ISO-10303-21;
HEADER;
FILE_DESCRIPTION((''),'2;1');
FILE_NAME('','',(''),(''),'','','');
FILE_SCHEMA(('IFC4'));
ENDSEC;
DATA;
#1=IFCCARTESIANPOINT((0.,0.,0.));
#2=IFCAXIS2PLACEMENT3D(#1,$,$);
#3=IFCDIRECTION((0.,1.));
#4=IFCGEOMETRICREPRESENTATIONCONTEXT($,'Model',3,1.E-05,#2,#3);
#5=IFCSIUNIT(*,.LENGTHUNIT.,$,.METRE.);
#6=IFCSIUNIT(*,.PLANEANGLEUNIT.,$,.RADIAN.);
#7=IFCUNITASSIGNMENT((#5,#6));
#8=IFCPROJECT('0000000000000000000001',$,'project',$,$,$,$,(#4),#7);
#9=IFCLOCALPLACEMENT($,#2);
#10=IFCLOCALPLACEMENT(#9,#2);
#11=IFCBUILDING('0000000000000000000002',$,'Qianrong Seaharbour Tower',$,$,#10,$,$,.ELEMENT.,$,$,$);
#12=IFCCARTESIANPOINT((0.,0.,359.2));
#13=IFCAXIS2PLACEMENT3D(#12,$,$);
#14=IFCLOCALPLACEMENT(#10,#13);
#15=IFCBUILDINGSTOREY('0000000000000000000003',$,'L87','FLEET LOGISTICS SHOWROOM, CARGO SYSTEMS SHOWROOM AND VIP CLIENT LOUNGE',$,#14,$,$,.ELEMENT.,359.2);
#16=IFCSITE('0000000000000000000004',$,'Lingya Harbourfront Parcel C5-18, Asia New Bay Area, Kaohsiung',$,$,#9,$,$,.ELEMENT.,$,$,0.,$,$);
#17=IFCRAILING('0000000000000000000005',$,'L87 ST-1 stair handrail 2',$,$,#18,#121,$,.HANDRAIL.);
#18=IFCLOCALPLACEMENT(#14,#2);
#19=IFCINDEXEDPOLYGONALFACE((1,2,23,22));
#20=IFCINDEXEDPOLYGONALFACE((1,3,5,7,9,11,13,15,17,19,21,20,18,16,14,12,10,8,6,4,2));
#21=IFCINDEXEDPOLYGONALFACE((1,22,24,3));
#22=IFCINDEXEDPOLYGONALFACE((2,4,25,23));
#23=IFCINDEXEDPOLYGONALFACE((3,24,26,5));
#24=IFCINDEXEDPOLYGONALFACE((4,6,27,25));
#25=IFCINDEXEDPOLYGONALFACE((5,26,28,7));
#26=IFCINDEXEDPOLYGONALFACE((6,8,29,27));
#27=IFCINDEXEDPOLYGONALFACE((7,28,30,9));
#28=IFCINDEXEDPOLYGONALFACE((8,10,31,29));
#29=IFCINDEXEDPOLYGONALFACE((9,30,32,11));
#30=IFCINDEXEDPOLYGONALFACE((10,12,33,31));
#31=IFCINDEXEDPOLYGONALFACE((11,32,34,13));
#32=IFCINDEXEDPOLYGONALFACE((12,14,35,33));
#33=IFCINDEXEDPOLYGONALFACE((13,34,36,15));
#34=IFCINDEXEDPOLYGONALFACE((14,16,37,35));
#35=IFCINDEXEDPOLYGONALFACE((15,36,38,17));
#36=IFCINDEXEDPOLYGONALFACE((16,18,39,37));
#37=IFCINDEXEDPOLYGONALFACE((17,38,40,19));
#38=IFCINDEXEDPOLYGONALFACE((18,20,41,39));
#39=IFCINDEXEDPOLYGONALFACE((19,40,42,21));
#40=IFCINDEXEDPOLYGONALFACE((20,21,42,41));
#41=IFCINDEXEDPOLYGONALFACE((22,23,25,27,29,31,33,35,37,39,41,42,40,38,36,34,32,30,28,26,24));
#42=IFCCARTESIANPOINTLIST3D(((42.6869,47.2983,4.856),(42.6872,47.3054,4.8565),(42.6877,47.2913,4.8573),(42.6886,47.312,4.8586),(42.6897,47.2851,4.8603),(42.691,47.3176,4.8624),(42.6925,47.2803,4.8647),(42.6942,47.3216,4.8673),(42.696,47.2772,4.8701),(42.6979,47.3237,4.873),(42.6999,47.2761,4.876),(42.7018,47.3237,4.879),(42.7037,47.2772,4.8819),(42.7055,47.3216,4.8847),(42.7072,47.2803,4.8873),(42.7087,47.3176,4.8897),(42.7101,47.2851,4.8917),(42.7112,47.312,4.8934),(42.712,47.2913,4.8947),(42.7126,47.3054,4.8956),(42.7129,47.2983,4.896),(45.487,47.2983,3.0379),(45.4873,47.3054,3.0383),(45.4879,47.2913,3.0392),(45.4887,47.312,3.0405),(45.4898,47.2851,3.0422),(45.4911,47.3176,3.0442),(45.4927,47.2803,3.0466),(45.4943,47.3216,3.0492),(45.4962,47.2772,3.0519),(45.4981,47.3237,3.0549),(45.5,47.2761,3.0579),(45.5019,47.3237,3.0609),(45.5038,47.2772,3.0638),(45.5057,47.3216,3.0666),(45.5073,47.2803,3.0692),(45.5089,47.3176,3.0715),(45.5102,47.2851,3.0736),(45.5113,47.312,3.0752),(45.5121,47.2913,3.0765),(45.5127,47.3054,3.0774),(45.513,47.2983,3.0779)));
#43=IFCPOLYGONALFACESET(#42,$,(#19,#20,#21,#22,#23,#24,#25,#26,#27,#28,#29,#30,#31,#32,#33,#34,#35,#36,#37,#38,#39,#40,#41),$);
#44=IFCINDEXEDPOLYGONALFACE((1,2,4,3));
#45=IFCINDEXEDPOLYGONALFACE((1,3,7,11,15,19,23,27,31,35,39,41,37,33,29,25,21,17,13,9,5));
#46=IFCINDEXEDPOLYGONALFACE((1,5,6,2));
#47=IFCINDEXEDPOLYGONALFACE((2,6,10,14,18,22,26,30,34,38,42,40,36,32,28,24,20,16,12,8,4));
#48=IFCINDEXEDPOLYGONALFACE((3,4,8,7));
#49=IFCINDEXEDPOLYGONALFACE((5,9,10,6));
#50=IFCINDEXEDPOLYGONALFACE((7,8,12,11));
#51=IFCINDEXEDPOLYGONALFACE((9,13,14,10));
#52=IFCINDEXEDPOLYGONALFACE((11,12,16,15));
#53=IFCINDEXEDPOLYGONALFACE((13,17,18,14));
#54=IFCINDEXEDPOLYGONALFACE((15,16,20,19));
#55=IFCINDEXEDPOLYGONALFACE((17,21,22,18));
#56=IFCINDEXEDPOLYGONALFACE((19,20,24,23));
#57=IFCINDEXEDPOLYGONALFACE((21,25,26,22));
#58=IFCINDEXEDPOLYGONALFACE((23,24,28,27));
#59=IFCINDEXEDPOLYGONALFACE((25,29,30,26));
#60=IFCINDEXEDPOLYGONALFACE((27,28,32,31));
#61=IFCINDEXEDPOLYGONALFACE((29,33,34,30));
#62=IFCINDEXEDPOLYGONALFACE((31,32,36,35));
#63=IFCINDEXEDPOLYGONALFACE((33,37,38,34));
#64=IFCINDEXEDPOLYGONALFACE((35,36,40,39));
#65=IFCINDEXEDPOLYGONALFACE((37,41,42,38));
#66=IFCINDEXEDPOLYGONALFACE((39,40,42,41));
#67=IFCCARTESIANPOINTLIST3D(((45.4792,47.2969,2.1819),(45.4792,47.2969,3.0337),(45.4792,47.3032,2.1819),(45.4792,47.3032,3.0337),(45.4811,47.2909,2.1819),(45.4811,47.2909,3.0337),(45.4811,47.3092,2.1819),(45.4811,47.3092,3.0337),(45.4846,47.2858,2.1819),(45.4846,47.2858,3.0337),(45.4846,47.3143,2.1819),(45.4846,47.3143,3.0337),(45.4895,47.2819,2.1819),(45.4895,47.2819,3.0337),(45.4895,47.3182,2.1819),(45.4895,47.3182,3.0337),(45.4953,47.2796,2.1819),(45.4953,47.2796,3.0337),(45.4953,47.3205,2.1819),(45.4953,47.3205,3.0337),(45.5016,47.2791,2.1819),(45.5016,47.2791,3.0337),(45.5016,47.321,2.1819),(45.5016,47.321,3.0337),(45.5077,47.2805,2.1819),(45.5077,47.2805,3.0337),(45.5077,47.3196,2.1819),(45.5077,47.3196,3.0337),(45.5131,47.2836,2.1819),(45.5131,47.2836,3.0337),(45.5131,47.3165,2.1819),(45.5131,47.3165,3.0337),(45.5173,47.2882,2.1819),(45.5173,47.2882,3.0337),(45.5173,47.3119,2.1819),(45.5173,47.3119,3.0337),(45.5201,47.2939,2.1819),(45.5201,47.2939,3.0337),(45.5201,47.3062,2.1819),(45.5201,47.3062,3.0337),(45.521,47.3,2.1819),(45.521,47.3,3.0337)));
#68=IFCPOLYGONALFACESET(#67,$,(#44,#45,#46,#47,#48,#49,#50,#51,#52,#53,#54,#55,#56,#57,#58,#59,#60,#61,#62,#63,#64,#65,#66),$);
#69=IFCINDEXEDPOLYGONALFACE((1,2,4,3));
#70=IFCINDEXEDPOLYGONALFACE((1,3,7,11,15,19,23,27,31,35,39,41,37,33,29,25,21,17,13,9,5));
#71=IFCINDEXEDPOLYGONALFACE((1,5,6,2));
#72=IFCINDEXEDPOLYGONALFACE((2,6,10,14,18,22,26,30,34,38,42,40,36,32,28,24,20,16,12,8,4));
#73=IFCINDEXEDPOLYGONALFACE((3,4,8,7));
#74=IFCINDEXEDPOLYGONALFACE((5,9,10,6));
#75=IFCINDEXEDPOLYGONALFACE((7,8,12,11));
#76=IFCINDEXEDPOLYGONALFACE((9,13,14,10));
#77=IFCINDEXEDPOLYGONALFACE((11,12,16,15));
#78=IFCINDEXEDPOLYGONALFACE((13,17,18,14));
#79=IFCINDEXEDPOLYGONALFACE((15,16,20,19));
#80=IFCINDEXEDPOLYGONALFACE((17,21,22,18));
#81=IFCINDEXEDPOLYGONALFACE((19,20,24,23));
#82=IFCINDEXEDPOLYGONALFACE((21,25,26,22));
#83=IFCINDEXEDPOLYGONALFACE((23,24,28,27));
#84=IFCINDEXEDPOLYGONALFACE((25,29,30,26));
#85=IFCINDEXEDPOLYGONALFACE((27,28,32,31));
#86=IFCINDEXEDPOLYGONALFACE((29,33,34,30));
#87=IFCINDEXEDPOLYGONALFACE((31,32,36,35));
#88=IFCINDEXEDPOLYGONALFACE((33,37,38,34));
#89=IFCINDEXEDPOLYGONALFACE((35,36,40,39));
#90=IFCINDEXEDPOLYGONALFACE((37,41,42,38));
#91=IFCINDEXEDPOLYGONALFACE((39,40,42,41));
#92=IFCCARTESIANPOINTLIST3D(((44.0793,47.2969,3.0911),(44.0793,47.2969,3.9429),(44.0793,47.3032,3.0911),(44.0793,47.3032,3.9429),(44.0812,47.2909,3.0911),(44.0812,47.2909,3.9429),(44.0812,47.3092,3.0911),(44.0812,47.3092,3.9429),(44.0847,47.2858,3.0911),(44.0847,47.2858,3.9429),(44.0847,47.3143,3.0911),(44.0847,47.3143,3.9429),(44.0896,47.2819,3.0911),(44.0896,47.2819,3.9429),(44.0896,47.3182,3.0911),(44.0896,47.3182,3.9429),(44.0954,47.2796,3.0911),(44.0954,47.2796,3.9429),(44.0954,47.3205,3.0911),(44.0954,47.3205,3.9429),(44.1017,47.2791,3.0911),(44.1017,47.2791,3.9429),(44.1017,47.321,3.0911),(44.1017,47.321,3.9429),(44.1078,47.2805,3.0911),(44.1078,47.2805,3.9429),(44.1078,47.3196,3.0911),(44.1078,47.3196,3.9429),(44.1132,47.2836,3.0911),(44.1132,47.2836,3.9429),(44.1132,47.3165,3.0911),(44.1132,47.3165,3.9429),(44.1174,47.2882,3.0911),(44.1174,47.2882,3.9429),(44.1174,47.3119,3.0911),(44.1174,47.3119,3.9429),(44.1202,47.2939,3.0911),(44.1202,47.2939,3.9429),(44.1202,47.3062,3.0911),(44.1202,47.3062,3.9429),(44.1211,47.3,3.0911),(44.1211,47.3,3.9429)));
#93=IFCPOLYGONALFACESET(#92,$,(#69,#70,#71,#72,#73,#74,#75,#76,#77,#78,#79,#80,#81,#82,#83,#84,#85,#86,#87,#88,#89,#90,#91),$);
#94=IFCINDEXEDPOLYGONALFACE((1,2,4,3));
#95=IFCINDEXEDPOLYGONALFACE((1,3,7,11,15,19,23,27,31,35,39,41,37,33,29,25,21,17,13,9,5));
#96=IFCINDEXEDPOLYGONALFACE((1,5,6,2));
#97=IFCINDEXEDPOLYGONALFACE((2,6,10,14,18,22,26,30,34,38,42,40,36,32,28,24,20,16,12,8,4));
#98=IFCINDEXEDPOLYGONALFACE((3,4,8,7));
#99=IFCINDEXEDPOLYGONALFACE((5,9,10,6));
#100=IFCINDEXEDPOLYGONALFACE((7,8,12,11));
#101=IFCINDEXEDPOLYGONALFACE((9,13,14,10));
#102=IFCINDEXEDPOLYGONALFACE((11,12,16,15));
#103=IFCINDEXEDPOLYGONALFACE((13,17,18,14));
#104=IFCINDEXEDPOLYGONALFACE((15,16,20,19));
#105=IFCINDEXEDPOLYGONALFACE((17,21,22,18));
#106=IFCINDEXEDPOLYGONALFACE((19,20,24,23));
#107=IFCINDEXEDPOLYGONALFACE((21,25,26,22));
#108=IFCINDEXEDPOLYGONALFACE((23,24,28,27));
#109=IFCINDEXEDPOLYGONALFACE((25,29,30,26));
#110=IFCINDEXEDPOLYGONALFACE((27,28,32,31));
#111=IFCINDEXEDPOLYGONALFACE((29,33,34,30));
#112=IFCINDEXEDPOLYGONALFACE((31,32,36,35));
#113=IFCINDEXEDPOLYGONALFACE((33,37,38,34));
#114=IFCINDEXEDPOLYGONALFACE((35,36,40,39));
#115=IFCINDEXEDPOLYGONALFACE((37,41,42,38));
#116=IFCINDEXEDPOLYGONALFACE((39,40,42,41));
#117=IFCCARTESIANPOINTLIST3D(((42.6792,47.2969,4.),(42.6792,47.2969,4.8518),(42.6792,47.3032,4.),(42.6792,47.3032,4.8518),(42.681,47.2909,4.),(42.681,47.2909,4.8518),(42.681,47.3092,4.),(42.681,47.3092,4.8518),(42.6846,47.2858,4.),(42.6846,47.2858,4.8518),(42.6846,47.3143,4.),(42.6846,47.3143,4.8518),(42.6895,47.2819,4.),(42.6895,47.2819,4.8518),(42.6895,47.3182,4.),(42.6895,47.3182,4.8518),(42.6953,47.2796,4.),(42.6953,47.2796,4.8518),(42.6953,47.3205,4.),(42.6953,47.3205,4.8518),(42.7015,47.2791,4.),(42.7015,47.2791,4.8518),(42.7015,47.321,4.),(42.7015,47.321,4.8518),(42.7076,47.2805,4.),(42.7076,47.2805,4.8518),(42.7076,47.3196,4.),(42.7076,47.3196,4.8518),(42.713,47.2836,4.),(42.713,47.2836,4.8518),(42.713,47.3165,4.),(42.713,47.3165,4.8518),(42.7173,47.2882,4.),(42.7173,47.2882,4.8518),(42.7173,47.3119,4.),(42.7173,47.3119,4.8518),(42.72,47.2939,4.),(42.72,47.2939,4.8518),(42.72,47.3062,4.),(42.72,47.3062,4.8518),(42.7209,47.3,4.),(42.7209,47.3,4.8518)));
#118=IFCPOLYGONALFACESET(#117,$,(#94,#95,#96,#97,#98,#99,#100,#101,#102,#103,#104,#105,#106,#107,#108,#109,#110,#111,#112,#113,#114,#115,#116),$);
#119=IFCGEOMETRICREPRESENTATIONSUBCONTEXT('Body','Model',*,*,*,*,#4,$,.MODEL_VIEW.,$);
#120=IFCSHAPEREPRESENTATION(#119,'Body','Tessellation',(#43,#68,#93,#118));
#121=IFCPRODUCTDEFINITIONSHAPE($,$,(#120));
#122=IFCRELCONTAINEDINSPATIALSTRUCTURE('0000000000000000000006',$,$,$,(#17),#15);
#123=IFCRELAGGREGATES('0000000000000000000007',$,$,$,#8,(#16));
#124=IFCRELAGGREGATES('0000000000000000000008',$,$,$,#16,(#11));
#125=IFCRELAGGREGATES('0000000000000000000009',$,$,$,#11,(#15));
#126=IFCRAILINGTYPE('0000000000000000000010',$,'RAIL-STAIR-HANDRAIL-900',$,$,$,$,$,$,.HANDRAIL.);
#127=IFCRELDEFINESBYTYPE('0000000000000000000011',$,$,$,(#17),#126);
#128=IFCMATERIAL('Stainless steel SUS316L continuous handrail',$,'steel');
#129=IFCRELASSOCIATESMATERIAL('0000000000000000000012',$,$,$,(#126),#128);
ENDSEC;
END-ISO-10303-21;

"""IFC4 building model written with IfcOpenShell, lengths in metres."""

from ifc_helpers import new_model, si_unit, direction, frame, origin, origin_2d, place, context, subcontext, project, spatial, circle, extrude, material, type_object, element, save


model = new_model("IFC4")

# Units and contexts
model_context = context("Model", 3, precision=1e-05, world=origin(), true_north=direction((0.0, 1.0)))
body_context = subcontext(model_context, "Body", "Model", "MODEL_VIEW")
ifc_project = project(units=[si_unit("LENGTHUNIT", "METRE"), si_unit("PLANEANGLEUNIT", "RADIAN")], contexts=[model_context])

# Site, building, storey
site_placement = place(None, origin())
site = spatial("IfcSite", under=ifc_project, at=site_placement, Name="Lingya Harbourfront Parcel C5-18, Asia New Bay Area, Kaohsiung", CompositionType="ELEMENT", RefElevation=0.0)
building_placement = place(site_placement, origin())
building = spatial("IfcBuilding", under=site, at=building_placement, Name="Qianrong Seaharbour Tower", CompositionType="ELEMENT")
storey_placement = place(building_placement, frame((0.0, 0.0, 359.2)))
storey = spatial("IfcBuildingStorey", under=building, at=storey_placement, Name="L87", Description="FLEET LOGISTICS SHOWROOM, CARGO SYSTEMS SHOWROOM AND VIP CLIENT LOUNGE", CompositionType="ELEMENT", Elevation=359.2)

# Railing
ifc_material_1 = material(Name="Stainless steel SUS316L continuous handrail", Category="steel")
railing_type_1 = type_object("IfcRailingType", Name="RAIL-STAIR-HANDRAIL-900", PredefinedType="HANDRAIL", material=ifc_material_1)
railing_1_placement = place(storey_placement, frame((45.5, 47.3, 2.1819)))
element("IfcRailing", 1, at=railing_1_placement, inside=storey, type_object=railing_type_1, Name="L87 ST-1 stair handrail 2", PredefinedType="HANDRAIL", context=body_context, shape_type="SweptSolid", body=[
    extrude(circle(Radius=0.0239, at=origin_2d()), frame((0.0, 0.0, 0.876), z_axis=(-0.838706, 0.0, 0.544585), x_axis=(0.0, -1.0, 0.0)), (0.0, 0.0, 1.0), 3.3386),
    extrude(circle(Radius=0.021, at=origin_2d()), origin(), (0.0, 0.0, 1.0), 0.8518),
    extrude(circle(Radius=0.021, at=origin_2d()), frame((-1.3999, 0.0, 0.9092)), (0.0, 0.0, 1.0), 0.8518),
    extrude(circle(Radius=0.021, at=origin_2d()), frame((-2.8, 0.0, 1.8181)), (0.0, 0.0, 1.0), 0.8518),
])

save(model, "model.ifc")
